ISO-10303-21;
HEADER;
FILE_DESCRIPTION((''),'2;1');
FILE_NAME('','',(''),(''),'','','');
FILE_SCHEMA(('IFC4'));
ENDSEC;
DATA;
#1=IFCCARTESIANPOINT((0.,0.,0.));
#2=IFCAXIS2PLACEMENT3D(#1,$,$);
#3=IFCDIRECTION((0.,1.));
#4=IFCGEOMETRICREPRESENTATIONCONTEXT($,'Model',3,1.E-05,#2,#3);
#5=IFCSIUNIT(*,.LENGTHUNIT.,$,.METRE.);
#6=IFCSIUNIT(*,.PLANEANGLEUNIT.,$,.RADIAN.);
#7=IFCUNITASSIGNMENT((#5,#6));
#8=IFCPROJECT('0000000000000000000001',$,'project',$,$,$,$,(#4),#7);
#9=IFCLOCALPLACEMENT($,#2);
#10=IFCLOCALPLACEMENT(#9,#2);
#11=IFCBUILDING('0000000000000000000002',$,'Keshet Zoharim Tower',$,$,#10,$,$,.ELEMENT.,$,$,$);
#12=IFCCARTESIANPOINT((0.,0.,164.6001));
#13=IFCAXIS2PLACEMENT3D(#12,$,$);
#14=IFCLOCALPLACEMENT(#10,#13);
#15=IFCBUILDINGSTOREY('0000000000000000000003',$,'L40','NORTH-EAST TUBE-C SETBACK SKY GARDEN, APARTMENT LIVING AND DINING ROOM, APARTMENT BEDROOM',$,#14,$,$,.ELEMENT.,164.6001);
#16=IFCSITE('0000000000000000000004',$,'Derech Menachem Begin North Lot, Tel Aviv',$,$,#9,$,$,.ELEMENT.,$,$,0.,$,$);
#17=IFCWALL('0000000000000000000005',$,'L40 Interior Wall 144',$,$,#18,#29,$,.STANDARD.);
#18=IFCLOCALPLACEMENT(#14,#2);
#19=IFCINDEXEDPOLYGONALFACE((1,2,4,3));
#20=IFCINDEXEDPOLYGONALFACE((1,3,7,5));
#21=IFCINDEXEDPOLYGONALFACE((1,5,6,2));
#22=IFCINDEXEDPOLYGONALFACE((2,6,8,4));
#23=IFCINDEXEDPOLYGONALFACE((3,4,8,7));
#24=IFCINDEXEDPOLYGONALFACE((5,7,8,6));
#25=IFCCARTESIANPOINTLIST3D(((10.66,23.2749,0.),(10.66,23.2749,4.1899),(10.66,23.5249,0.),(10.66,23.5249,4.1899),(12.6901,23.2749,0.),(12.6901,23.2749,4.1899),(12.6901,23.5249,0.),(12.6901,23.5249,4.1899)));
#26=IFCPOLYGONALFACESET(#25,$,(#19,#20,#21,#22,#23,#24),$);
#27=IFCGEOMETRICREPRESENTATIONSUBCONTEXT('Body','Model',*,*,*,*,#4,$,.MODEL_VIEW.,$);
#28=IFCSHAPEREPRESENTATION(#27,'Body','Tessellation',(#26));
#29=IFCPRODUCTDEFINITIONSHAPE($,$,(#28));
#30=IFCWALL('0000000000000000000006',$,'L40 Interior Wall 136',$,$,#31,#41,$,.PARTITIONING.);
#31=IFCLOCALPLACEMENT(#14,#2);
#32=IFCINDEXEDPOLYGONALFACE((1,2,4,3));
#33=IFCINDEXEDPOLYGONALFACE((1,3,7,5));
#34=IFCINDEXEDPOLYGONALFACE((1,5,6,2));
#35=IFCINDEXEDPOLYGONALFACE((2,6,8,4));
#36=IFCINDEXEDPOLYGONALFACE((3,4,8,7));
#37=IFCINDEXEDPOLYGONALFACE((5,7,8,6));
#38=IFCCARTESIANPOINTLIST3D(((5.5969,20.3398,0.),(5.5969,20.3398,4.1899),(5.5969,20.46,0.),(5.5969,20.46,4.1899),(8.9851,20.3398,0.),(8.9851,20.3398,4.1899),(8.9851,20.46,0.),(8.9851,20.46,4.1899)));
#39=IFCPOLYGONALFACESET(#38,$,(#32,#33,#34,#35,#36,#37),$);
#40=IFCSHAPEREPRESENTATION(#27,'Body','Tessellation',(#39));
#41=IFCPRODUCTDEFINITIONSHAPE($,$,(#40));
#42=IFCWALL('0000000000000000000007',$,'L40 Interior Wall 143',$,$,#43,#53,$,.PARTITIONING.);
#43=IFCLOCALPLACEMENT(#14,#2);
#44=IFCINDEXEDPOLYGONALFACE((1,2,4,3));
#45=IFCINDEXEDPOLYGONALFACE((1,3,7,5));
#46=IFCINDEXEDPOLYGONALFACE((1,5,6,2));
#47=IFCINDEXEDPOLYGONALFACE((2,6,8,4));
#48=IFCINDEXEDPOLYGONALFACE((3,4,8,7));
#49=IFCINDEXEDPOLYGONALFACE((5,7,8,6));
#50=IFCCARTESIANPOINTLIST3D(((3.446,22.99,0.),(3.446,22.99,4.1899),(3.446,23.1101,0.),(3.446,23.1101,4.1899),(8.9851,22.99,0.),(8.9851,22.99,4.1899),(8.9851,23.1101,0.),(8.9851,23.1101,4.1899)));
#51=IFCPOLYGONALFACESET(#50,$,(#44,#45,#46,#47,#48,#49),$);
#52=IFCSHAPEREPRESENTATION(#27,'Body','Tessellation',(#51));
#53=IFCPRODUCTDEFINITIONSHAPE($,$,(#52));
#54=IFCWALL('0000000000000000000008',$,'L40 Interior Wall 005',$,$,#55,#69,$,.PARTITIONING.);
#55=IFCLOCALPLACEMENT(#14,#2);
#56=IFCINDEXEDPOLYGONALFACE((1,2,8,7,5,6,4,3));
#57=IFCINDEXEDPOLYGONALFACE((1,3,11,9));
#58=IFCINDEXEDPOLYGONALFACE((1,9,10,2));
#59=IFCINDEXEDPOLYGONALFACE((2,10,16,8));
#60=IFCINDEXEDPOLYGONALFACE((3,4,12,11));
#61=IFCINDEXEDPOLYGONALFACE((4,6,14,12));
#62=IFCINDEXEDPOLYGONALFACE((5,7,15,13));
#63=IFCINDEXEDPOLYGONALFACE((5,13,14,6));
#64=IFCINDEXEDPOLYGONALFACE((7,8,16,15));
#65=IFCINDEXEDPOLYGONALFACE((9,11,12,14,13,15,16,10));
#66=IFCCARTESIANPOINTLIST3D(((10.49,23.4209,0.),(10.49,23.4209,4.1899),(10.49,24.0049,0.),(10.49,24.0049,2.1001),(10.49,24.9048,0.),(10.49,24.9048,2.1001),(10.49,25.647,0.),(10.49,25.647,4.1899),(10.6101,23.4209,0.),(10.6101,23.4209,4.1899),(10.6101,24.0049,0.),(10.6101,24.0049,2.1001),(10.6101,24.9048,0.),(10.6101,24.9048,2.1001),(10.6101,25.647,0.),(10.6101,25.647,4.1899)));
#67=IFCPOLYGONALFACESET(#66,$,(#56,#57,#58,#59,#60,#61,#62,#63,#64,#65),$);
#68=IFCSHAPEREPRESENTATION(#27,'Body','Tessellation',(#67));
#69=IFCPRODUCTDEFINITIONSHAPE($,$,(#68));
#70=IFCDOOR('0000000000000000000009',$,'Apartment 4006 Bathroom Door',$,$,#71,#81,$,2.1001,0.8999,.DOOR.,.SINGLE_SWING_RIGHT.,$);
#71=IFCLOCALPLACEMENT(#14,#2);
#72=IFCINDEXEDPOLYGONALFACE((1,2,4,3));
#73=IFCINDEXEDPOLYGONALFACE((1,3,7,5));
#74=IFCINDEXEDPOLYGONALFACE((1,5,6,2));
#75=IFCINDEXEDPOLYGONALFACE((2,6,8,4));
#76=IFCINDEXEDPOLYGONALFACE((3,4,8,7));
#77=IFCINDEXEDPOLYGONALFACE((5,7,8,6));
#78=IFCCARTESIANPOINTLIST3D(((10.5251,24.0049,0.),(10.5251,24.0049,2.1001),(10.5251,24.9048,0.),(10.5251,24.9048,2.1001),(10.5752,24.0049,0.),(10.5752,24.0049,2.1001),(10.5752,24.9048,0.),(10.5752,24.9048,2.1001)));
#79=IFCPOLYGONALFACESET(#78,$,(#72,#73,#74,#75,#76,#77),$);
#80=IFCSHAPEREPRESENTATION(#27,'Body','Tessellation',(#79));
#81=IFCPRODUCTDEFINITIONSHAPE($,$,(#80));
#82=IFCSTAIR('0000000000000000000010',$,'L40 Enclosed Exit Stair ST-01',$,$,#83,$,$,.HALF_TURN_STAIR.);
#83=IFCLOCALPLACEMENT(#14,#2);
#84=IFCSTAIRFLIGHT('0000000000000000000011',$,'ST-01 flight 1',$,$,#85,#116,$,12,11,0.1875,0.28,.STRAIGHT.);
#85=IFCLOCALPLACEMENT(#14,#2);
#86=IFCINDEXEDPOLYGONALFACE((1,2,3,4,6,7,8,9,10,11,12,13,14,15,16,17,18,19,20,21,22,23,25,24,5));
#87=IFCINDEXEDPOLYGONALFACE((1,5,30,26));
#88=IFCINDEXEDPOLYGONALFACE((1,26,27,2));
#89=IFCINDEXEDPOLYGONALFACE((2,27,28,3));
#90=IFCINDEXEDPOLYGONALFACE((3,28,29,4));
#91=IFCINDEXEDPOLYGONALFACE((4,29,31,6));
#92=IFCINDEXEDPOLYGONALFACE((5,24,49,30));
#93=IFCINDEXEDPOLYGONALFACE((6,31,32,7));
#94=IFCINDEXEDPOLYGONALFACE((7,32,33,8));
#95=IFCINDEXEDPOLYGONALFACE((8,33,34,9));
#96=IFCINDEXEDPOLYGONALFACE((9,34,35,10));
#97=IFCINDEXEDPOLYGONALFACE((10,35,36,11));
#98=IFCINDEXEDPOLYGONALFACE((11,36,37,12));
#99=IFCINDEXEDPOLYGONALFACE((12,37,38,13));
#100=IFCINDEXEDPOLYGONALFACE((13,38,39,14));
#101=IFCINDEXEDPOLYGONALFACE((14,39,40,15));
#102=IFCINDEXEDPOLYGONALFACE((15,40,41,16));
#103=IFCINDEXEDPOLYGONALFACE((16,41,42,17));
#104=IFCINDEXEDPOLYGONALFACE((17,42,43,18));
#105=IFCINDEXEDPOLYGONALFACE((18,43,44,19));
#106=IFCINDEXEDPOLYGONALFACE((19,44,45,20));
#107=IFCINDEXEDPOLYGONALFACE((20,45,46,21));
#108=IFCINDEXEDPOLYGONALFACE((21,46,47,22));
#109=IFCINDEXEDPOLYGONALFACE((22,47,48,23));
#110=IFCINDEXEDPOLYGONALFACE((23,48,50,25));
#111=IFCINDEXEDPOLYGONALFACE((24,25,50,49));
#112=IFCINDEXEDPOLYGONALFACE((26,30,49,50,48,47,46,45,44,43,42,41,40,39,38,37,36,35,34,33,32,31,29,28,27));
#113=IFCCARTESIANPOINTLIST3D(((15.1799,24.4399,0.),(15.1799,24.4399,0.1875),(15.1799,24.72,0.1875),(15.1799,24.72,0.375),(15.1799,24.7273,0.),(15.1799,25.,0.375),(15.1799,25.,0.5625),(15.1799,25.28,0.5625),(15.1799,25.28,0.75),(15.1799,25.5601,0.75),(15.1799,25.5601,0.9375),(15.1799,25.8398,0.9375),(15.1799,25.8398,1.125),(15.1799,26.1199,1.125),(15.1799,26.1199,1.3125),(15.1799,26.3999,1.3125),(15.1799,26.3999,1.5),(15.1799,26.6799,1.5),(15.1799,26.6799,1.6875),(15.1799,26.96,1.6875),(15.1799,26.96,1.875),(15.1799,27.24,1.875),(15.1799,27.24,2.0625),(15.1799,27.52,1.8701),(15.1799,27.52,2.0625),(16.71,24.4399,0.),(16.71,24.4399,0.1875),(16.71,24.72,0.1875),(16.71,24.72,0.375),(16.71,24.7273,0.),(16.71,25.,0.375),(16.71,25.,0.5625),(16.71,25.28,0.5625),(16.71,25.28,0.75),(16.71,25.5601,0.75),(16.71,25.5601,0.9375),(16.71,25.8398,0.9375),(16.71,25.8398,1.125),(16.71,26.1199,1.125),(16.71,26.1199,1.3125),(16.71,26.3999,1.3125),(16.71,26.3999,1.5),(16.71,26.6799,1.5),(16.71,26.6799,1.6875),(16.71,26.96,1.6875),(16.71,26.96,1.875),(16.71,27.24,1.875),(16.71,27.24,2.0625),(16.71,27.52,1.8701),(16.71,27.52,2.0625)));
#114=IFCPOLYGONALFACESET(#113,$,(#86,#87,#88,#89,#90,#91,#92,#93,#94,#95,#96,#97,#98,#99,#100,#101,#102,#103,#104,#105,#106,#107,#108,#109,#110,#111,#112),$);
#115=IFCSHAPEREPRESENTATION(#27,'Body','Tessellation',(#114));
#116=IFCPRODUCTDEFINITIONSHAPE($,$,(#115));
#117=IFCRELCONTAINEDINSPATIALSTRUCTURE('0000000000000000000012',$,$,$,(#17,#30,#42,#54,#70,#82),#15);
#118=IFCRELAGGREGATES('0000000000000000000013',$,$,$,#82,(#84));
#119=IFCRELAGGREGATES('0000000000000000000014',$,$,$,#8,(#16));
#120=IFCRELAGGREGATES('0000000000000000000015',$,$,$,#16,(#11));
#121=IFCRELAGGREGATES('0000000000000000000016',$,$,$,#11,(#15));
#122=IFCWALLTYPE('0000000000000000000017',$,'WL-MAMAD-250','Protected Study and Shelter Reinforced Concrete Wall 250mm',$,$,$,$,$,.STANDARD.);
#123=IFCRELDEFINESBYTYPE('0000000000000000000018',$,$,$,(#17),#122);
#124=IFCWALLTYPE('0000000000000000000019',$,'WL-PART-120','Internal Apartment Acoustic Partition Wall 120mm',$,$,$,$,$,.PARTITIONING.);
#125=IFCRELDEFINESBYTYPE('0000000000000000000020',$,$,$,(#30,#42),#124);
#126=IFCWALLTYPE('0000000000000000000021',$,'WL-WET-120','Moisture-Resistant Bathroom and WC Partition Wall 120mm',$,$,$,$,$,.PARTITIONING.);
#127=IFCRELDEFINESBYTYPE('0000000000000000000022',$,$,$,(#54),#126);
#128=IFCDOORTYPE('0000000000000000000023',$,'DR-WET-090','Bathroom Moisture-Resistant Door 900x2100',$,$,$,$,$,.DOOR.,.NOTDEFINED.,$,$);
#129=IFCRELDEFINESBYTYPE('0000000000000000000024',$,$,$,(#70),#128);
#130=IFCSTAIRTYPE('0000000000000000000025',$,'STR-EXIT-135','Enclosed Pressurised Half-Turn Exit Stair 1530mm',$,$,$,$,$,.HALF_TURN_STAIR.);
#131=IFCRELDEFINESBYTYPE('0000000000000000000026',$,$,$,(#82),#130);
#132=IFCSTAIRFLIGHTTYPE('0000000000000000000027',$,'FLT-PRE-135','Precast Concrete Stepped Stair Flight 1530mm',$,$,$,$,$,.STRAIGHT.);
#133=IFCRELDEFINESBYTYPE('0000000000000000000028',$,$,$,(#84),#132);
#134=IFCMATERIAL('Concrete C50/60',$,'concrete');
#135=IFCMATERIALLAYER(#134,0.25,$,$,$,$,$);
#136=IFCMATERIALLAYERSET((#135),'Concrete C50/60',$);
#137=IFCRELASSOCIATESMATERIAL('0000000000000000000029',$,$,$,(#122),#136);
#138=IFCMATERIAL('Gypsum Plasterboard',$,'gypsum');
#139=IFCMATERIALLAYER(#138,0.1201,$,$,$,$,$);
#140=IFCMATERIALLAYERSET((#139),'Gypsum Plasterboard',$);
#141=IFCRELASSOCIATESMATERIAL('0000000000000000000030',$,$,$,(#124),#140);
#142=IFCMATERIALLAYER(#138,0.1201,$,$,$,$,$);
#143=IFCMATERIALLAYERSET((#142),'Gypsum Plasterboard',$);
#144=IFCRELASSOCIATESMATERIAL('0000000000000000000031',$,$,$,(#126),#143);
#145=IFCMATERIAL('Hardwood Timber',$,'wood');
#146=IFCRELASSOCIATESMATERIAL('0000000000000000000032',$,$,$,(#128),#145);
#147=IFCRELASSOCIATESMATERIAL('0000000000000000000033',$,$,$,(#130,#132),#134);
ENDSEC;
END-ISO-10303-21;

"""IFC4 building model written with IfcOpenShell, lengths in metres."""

from ifc_helpers import new_model, si_unit, direction, frame, frame_2d, origin, place, context, subcontext, project, spatial, polyline, rectangle, outline, extrude, material, layer, layer_set, type_object, element, fill, aggregate, save


model = new_model("IFC4")

# Units and contexts
model_context = context("Model", 3, precision=1e-05, world=origin(), true_north=direction((0.0, 1.0)))
body_context = subcontext(model_context, "Body", "Model", "MODEL_VIEW")
ifc_project = project(units=[si_unit("LENGTHUNIT", "METRE"), si_unit("PLANEANGLEUNIT", "RADIAN")], contexts=[model_context])

# Site, building, storey
site_placement = place(None, origin())
site = spatial("IfcSite", under=ifc_project, at=site_placement, Name="Derech Menachem Begin North Lot, Tel Aviv", CompositionType="ELEMENT", RefElevation=0.0)
building_placement = place(site_placement, origin())
building = spatial("IfcBuilding", under=site, at=building_placement, Name="Keshet Zoharim Tower", CompositionType="ELEMENT")
storey_placement = place(building_placement, frame((0.0, 0.0, 164.6001)))
storey = spatial("IfcBuildingStorey", under=building, at=storey_placement, Name="L40", Description="NORTH-EAST TUBE-C SETBACK SKY GARDEN, APARTMENT LIVING AND DINING ROOM, APARTMENT BEDROOM", CompositionType="ELEMENT", Elevation=164.6001)

# Shared definitions
ifc_material_1 = material(Name="Gypsum Plasterboard", Category="gypsum")

# Shared definitions
ifc_material_2 = material(Name="Concrete C50/60", Category="concrete")
ifc_layer_1 = layer(ifc_material_2, 0.25)
ifc_layer_set_1 = layer_set([ifc_layer_1], Name="Concrete C50/60")
wall_type_1 = type_object("IfcWallType", Name="WL-MAMAD-250", Description="Protected Study and Shelter Reinforced Concrete Wall 250mm", PredefinedType="STANDARD", material=ifc_layer_set_1)
ifc_material_3 = material(Name="Hardwood Timber", Category="wood")

# Wall
for number, where, z_axis, x_axis, name in (
    (1, (10.6599, 23.3999, 0.0), (0.0, 0.0, 1.0), (1.0, 0.0, 0.0), "L40 Interior Wall 144"),
):
    element("IfcWall", number, at=place(storey_placement, frame(where, z_axis=z_axis, x_axis=x_axis)), inside=storey, type_object=wall_type_1, Name=name, PredefinedType="STANDARD", context=body_context, shape_type="SweptSolid", body=[
        extrude(rectangle(XDim=2.03, YDim=0.25, at=frame_2d((1.0151, 0.0))), origin(), (0.0, 0.0, 1.0), 4.1899),
    ])

# Shared definitions
ifc_layer_2 = layer(ifc_material_1, 0.1201)
ifc_layer_set_2 = layer_set([ifc_layer_2], Name="Gypsum Plasterboard")
wall_type_2 = type_object("IfcWallType", Name="WL-PART-120", Description="Internal Apartment Acoustic Partition Wall 120mm", PredefinedType="PARTITIONING", material=ifc_layer_set_2)

# Walls
wall_1_placement = place(storey_placement, frame((5.5969, 20.3999, 0.0), z_axis=(0.0, 0.0, 1.0), x_axis=(1.0, 0.0, 0.0)))
element("IfcWall", 2, at=wall_1_placement, inside=storey, type_object=wall_type_2, Name="L40 Interior Wall 136", PredefinedType="PARTITIONING", context=body_context, shape_type="SweptSolid", body=[
    extrude(rectangle(XDim=3.3882, YDim=0.1201, at=frame_2d((1.6941, 0.0))), origin(), (0.0, 0.0, 1.0), 4.1899),
])
wall_2_placement = place(storey_placement, frame((3.446, 23.05, 0.0), z_axis=(0.0, 0.0, 1.0), x_axis=(1.0, 0.0, 0.0)))
element("IfcWall", 3, at=wall_2_placement, inside=storey, type_object=wall_type_2, Name="L40 Interior Wall 143", PredefinedType="PARTITIONING", context=body_context, shape_type="SweptSolid", body=[
    extrude(rectangle(XDim=5.5391, YDim=0.1201, at=frame_2d((2.7695, 0.0))), origin(), (0.0, 0.0, 1.0), 4.1899),
])

# Wall, opening, door
ifc_layer_3 = layer(ifc_material_1, 0.1201)
ifc_layer_set_3 = layer_set([ifc_layer_3], Name="Gypsum Plasterboard")
wall_type_3 = type_object("IfcWallType", Name="WL-WET-120", Description="Moisture-Resistant Bathroom and WC Partition Wall 120mm", PredefinedType="PARTITIONING", material=ifc_layer_set_3)
wall_3_placement = place(storey_placement, frame((10.55, 23.4209, 0.0), z_axis=(0.0, 0.0, 1.0), x_axis=(0.0, 1.0, 0.0)))
wall_3 = element("IfcWall", 4, at=wall_3_placement, inside=storey, type_object=wall_type_3, Name="L40 Interior Wall 005", PredefinedType="PARTITIONING", context=body_context, shape_type="SweptSolid", body=[
    extrude(rectangle(XDim=2.2261, YDim=0.1201, at=frame_2d((1.113, 0.0))), origin(), (0.0, 0.0, 1.0), 4.1899),
])
opening_1_placement = place(wall_3_placement, frame((0.584, 0.0, 0.0)))
opening_1 = element("IfcOpeningElement", 5, at=opening_1_placement, cuts=wall_3, PredefinedType="OPENING", context=body_context, shape_type="SweptSolid", body=[
    extrude(rectangle(XDim=0.8999, YDim=2.1001, at=frame_2d((0.45, 1.05))), frame((0.0, 0.0701, 0.0), z_axis=(0.0, -1.0, 0.0), x_axis=(1.0, 0.0, 0.0)), (0.0, 0.0, 1.0), 0.1401),
])
door_type_1 = type_object("IfcDoorType", Name="DR-WET-090", Description="Bathroom Moisture-Resistant Door 900x2100", OperationType="NOTDEFINED", PredefinedType="DOOR", material=ifc_material_3)
door_1_placement = place(opening_1_placement, origin())
door_1 = element("IfcDoor", 6, at=door_1_placement, inside=storey, type_object=door_type_1, Name="Apartment 4006 Bathroom Door", OperationType="SINGLE_SWING_RIGHT", OverallHeight=2.1001, OverallWidth=0.8999, PredefinedType="DOOR", context=body_context, shape_type="SweptSolid", body=[
    extrude(rectangle(XDim=0.8999, YDim=2.1001, at=frame_2d((0.45, 1.05))), frame((0.0, 0.0249, 0.0), z_axis=(0.0, -1.0, 0.0), x_axis=(1.0, 0.0, 0.0)), (0.0, 0.0, 1.0), 0.05),
])
fill(opening_1, door_1)

# Stair, stair flight
stair_type = type_object("IfcStairType", Name="STR-EXIT-135", Description="Enclosed Pressurised Half-Turn Exit Stair 1530mm", PredefinedType="HALF_TURN_STAIR", material=ifc_material_2)
stair_placement = place(storey_placement, origin())
stair = element("IfcStair", 7, at=stair_placement, inside=storey, type_object=stair_type, Name="L40 Enclosed Exit Stair ST-01", PredefinedType="HALF_TURN_STAIR")
stair_flight_type = type_object("IfcStairFlightType", Name="FLT-PRE-135", Description="Precast Concrete Stepped Stair Flight 1530mm", PredefinedType="STRAIGHT", material=ifc_material_2)
stair_flight_placement = place(storey_placement, frame((15.9451, 24.4399, 0.0), z_axis=(0.0, 0.0, 1.0), x_axis=(0.0, 1.0, 0.0)))
stair_flight = element("IfcStairFlight", 8, at=stair_flight_placement, type_object=stair_flight_type, Name="ST-01 flight 1", NumberOfRisers=12, NumberOfTreads=11, PredefinedType="STRAIGHT", RiserHeight=0.1875, TreadLength=0.28, context=body_context, shape_type="SweptSolid", body=[
    extrude(outline(polyline([(0.0, 0.0), (0.0, 0.1875), (0.28, 0.1875), (0.28, 0.375), (0.5601, 0.375), (0.5601, 0.5625), (0.8401, 0.5625), (0.8401, 0.75), (1.1201, 0.75), (1.1201, 0.9375), (1.3999, 0.9375), (1.3999, 1.125), (1.6799, 1.125), (1.6799, 1.3125), (1.96, 1.3125), (1.96, 1.5), (2.24, 1.5), (2.24, 1.6875), (2.52, 1.6875), (2.52, 1.875), (2.8, 1.875), (2.8, 2.0625), (3.0801, 2.0625), (3.0801, 2.25), (3.0801, 1.8701), (0.2874, 0.0), (0.0, 0.0)])), frame((0.0, 0.7651, 0.0), z_axis=(0.0, -1.0, 0.0), x_axis=(1.0, 0.0, 0.0)), (0.0, 0.0, 1.0), 1.53),
])
aggregate(stair, [stair_flight])

save(model, "model.ifc")
